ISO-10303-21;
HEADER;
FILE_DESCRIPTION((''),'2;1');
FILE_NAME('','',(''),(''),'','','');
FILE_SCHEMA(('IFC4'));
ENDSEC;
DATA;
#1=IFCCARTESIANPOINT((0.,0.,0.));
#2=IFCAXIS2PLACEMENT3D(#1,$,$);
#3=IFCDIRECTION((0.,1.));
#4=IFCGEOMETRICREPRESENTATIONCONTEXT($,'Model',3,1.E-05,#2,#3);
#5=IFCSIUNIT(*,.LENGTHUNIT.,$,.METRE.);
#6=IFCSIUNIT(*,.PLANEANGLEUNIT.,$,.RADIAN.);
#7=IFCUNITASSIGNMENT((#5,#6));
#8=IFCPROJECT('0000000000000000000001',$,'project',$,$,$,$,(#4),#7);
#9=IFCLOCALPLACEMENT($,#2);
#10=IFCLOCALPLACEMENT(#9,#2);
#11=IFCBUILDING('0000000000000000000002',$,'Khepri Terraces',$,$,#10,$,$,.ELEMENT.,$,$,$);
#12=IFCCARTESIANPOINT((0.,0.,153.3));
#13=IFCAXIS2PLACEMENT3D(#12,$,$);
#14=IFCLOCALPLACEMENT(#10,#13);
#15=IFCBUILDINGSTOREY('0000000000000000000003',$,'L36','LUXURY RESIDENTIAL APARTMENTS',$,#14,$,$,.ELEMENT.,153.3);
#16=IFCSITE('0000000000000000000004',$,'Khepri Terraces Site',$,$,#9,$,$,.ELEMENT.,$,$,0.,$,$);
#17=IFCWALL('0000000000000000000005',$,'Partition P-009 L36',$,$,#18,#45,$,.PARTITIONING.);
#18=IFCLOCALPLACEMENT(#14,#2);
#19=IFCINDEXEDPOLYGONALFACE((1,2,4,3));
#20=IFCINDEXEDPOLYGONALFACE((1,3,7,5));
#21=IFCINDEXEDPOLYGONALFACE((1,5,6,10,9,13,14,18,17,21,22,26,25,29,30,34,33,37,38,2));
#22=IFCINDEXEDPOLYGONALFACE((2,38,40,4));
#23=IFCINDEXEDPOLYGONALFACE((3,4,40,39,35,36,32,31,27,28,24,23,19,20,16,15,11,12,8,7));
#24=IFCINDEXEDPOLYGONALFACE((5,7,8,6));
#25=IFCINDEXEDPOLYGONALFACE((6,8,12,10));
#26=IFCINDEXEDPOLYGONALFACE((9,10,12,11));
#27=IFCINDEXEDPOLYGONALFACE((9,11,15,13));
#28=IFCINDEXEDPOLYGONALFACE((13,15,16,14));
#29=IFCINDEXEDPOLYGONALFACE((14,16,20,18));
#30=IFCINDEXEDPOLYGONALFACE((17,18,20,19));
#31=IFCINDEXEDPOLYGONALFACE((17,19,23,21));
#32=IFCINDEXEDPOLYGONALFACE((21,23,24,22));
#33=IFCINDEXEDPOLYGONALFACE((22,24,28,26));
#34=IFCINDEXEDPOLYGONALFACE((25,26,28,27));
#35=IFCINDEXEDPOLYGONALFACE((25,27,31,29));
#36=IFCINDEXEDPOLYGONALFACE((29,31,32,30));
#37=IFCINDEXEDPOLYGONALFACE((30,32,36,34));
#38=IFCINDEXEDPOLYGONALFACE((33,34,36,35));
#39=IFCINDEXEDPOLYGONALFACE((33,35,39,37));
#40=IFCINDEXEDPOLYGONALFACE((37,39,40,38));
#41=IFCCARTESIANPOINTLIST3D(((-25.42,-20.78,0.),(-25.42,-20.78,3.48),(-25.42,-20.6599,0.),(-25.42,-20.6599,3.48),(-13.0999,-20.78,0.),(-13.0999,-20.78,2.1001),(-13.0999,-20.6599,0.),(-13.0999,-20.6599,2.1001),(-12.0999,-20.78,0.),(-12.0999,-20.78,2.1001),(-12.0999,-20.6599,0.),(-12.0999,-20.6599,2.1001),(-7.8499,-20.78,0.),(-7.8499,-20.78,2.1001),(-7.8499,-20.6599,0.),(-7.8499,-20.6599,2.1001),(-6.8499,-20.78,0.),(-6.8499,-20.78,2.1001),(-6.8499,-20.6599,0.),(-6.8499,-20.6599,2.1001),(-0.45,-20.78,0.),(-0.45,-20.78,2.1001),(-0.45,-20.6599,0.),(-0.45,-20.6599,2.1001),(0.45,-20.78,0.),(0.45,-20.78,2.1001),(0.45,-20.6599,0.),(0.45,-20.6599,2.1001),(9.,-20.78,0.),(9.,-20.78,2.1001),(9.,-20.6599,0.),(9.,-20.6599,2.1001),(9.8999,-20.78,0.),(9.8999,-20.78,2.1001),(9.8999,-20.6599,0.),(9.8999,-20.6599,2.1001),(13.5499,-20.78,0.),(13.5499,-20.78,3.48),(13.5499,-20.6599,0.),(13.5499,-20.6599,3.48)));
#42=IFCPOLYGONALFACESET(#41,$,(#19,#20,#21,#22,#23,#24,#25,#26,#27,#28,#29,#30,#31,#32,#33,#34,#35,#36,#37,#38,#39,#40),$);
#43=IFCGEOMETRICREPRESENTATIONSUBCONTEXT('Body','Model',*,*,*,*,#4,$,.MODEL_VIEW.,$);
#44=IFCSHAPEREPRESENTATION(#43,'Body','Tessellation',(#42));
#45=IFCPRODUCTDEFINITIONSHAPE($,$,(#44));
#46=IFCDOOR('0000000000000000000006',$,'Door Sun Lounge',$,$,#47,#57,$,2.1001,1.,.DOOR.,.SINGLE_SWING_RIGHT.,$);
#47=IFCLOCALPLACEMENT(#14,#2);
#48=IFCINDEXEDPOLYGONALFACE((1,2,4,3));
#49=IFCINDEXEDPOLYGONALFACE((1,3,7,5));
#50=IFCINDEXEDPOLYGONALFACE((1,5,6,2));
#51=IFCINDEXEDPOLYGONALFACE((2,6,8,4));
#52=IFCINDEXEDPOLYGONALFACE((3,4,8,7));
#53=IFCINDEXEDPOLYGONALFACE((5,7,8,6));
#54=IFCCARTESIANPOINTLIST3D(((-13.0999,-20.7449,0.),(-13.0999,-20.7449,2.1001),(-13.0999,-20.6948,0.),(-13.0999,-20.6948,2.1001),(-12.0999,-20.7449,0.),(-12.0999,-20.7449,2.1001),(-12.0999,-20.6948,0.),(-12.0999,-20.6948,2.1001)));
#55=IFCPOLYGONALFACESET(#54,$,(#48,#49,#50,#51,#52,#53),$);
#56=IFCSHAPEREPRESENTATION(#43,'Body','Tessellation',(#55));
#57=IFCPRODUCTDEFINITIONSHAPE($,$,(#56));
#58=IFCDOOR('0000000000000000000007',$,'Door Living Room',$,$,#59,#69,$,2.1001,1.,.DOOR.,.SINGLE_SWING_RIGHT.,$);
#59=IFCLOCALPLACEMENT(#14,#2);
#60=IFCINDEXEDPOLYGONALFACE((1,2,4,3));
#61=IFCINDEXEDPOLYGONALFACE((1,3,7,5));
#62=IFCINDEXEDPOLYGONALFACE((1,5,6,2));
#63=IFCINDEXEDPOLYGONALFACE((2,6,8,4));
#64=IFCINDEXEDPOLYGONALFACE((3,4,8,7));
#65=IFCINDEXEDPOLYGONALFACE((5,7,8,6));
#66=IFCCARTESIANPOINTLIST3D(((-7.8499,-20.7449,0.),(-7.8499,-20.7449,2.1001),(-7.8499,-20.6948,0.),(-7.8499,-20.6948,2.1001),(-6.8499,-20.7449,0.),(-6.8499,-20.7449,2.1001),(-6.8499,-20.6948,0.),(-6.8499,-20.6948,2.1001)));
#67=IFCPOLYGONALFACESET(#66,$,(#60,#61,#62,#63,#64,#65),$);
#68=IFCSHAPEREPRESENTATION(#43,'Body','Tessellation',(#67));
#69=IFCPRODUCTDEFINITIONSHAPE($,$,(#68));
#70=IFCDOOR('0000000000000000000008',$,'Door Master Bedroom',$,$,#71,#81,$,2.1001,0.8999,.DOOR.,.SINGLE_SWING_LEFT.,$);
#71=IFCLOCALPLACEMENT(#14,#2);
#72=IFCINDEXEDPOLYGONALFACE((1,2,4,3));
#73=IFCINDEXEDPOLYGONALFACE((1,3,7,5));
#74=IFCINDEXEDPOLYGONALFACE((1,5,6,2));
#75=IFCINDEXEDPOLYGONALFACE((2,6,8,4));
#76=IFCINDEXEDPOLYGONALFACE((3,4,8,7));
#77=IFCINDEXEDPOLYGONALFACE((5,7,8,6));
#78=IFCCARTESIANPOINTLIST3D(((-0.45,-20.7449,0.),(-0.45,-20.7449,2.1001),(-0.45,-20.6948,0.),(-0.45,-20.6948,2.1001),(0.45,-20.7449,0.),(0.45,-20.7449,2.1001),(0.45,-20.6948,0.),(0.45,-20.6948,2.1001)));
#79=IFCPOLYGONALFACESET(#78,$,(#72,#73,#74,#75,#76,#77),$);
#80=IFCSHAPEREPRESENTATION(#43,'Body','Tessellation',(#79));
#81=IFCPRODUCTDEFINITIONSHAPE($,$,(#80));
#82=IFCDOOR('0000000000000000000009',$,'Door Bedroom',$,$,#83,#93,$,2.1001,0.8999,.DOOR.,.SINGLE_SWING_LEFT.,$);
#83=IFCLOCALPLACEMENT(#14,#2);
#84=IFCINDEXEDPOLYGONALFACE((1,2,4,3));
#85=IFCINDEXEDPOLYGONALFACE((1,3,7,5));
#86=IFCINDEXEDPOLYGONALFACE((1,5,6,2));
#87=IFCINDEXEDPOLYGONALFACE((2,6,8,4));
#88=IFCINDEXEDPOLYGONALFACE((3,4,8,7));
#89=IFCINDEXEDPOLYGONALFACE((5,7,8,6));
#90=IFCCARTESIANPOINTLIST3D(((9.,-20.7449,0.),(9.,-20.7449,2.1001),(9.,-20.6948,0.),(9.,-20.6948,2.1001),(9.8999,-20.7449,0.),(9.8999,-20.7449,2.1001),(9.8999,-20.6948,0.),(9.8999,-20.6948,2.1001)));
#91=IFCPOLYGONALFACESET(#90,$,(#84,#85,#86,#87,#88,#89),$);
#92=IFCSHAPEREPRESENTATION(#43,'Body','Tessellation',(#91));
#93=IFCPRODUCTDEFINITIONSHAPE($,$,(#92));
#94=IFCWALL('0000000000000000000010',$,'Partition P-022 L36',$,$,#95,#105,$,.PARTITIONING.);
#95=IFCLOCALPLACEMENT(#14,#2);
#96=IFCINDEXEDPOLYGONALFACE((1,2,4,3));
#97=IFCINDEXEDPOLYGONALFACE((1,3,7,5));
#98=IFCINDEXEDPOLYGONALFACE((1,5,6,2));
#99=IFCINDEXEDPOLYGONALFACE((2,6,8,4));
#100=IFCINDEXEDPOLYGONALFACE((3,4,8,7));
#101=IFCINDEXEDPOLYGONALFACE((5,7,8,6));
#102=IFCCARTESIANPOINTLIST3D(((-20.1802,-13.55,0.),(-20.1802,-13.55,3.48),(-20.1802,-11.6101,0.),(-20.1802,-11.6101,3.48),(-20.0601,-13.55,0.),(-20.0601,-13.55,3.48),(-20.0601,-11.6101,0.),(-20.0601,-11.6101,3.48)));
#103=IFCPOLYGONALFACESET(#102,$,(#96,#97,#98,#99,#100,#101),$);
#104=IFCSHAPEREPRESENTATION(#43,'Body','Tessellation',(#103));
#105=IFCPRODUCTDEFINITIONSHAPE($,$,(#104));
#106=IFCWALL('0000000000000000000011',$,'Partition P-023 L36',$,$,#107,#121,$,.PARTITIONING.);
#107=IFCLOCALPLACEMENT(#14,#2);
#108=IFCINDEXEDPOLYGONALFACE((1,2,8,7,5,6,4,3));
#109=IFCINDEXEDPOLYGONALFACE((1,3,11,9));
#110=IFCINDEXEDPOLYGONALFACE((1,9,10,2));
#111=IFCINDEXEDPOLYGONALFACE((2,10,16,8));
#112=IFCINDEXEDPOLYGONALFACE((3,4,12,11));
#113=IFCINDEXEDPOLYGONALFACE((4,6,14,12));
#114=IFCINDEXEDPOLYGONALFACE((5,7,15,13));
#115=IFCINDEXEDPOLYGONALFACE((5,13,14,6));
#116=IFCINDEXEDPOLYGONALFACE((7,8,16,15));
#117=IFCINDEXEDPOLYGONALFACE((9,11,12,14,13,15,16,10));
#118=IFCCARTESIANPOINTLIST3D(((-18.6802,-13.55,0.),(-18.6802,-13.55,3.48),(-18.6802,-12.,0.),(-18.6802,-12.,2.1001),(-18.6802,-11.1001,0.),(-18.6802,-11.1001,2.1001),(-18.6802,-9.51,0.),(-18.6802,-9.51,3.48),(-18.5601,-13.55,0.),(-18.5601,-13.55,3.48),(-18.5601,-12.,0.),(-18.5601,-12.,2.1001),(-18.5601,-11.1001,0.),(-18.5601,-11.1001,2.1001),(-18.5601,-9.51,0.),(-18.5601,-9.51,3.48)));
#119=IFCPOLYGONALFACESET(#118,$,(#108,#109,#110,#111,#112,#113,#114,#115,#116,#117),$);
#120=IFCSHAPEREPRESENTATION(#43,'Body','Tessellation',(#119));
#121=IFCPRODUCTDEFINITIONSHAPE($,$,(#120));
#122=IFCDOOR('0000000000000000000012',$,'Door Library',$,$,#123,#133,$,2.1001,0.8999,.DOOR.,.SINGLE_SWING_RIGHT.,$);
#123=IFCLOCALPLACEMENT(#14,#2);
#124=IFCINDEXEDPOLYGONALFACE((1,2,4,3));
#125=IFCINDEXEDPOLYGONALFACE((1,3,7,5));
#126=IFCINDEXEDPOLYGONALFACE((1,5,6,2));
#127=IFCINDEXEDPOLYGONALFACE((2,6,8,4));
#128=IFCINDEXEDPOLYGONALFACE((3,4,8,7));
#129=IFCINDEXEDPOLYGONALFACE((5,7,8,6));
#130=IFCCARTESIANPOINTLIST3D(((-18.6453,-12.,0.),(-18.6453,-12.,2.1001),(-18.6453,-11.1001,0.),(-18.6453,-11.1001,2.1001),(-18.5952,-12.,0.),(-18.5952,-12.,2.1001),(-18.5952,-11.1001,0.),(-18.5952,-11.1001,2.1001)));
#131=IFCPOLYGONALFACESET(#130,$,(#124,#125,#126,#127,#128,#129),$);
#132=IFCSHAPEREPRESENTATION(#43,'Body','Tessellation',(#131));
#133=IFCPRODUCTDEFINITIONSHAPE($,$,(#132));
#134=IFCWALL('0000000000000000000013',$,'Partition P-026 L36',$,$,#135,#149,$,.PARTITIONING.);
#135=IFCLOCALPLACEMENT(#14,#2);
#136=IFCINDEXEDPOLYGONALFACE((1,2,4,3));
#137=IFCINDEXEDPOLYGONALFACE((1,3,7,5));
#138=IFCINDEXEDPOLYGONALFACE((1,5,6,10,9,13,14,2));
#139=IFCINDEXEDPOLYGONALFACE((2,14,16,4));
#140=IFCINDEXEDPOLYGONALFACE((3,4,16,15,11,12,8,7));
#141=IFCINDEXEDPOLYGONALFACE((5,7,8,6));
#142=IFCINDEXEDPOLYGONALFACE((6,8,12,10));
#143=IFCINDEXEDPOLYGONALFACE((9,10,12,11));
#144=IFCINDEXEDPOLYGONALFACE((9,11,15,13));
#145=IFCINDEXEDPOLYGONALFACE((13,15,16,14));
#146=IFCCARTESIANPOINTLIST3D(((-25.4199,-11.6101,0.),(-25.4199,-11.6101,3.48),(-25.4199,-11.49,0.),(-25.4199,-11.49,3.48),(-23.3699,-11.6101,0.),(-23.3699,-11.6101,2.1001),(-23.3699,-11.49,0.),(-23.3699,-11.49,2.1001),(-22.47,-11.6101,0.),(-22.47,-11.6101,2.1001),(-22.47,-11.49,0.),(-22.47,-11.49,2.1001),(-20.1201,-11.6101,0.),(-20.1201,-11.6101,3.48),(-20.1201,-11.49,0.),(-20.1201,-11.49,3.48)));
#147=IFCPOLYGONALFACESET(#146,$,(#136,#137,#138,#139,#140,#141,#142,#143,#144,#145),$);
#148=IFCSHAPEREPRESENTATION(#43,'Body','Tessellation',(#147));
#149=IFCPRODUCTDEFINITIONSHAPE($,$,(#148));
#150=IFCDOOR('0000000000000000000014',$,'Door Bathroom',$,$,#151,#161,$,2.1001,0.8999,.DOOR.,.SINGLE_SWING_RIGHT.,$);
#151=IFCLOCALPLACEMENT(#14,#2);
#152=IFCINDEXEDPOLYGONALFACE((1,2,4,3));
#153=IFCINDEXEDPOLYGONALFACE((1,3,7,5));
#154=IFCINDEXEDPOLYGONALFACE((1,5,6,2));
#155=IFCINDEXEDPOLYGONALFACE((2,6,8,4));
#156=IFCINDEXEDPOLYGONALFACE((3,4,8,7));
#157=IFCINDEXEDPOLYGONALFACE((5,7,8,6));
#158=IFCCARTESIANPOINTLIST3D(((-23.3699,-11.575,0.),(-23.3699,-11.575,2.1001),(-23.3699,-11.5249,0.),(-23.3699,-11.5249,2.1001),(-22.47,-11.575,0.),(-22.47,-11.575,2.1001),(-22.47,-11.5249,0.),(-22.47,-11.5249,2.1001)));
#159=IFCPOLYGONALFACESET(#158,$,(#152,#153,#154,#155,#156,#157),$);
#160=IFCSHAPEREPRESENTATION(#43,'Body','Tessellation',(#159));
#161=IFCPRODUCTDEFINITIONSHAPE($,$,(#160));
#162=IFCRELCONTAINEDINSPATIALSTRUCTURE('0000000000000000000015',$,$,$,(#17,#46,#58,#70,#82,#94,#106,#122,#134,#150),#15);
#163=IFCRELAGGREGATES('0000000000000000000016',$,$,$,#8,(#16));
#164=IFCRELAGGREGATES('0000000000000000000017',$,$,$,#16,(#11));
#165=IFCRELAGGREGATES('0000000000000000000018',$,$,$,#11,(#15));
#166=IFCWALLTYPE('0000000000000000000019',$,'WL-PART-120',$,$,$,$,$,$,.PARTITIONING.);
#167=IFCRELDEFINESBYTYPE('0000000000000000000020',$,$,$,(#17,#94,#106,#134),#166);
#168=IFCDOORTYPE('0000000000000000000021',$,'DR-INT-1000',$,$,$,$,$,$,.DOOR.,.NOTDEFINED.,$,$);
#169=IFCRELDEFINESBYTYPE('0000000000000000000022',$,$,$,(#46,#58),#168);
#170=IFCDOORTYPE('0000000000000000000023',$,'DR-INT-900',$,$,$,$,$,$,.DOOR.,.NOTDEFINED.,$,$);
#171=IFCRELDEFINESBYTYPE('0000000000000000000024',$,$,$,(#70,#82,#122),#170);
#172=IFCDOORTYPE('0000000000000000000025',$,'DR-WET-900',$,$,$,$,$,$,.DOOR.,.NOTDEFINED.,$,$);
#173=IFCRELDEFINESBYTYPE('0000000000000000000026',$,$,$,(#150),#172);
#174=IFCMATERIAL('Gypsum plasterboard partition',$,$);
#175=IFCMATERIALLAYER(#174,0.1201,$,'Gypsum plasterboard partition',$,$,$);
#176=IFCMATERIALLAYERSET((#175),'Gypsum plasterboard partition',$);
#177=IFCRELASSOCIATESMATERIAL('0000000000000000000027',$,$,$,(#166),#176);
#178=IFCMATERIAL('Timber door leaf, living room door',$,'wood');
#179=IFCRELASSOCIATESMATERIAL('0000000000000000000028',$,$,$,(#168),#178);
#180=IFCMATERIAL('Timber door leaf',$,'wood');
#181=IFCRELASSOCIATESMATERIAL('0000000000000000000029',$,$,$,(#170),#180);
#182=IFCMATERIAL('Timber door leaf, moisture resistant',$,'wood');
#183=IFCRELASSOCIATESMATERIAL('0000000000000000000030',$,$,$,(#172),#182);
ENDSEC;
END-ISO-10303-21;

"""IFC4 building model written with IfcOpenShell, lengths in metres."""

from ifc_helpers import new_model, si_unit, direction, frame, frame_2d, origin, place, context, subcontext, project, spatial, rectangle, extrude, material, layer, layer_set, type_object, element, fill, save


model = new_model("IFC4")

# Units and contexts
model_context = context("Model", 3, precision=1e-05, world=origin(), true_north=direction((0.0, 1.0)))
body_context = subcontext(model_context, "Body", "Model", "MODEL_VIEW")
ifc_project = project(units=[si_unit("LENGTHUNIT", "METRE"), si_unit("PLANEANGLEUNIT", "RADIAN")], contexts=[model_context])

# Site, building, storey
site_placement = place(None, origin())
site = spatial("IfcSite", under=ifc_project, at=site_placement, Name="Khepri Terraces Site", CompositionType="ELEMENT", RefElevation=0.0)
building_placement = place(site_placement, origin())
building = spatial("IfcBuilding", under=site, at=building_placement, Name="Khepri Terraces", CompositionType="ELEMENT")
storey_placement = place(building_placement, frame((0.0, 0.0, 153.3)))
storey = spatial("IfcBuildingStorey", under=building, at=storey_placement, Name="L36", Description="LUXURY RESIDENTIAL APARTMENTS", CompositionType="ELEMENT", Elevation=153.3)

# Wall, openings, doors
ifc_material_1 = material(Name="Gypsum plasterboard partition")
ifc_layer_1 = layer(ifc_material_1, 0.1201, Name="Gypsum plasterboard partition")
ifc_layer_set_1 = layer_set([ifc_layer_1], Name="Gypsum plasterboard partition")
wall_type_1 = type_object("IfcWallType", Name="WL-PART-120", PredefinedType="PARTITIONING", material=ifc_layer_set_1)
wall_1_placement = place(storey_placement, frame((-25.4199, -20.72, 0.0), z_axis=(0.0, 0.0, 1.0), x_axis=(1.0, 0.0, 0.0)))
wall_1 = element("IfcWall", 1, at=wall_1_placement, inside=storey, type_object=wall_type_1, Name="Partition P-009 L36", PredefinedType="PARTITIONING", context=body_context, shape_type="SweptSolid", body=[
    extrude(rectangle(XDim=38.97, YDim=0.1201, at=frame_2d((19.4849, 0.0))), origin(), (0.0, 0.0, 1.0), 3.48),
])
opening_1_placement = place(wall_1_placement, frame((12.3201, 0.0, 0.0)))
opening_1 = element("IfcOpeningElement", 2, at=opening_1_placement, cuts=wall_1, PredefinedType="OPENING", context=body_context, shape_type="SweptSolid", body=[
    extrude(rectangle(XDim=1.0, YDim=2.1001, at=frame_2d((0.5, 1.05))), frame((0.0, 0.0701, 0.0), z_axis=(0.0, -1.0, 0.0), x_axis=(1.0, 0.0, 0.0)), (0.0, 0.0, 1.0), 0.1401),
])
opening_2_placement = place(wall_1_placement, frame((17.5701, 0.0, 0.0)))
opening_2 = element("IfcOpeningElement", 3, at=opening_2_placement, cuts=wall_1, PredefinedType="OPENING", context=body_context, shape_type="SweptSolid", body=[
    extrude(rectangle(XDim=1.0, YDim=2.1001, at=frame_2d((0.5, 1.05))), frame((0.0, 0.0701, 0.0), z_axis=(0.0, -1.0, 0.0), x_axis=(1.0, 0.0, 0.0)), (0.0, 0.0, 1.0), 0.1401),
])
opening_3_placement = place(wall_1_placement, frame((24.97, 0.0, 0.0)))
opening_3 = element("IfcOpeningElement", 4, at=opening_3_placement, cuts=wall_1, PredefinedType="OPENING", context=body_context, shape_type="SweptSolid", body=[
    extrude(rectangle(XDim=0.8999, YDim=2.1001, at=frame_2d((0.45, 1.05))), frame((0.0, 0.0701, 0.0), z_axis=(0.0, -1.0, 0.0), x_axis=(1.0, 0.0, 0.0)), (0.0, 0.0, 1.0), 0.1401),
])
opening_4_placement = place(wall_1_placement, frame((34.4199, 0.0, 0.0)))
opening_4 = element("IfcOpeningElement", 5, at=opening_4_placement, cuts=wall_1, PredefinedType="OPENING", context=body_context, shape_type="SweptSolid", body=[
    extrude(rectangle(XDim=0.8999, YDim=2.1001, at=frame_2d((0.45, 1.05))), frame((0.0, 0.0701, 0.0), z_axis=(0.0, -1.0, 0.0), x_axis=(1.0, 0.0, 0.0)), (0.0, 0.0, 1.0), 0.1401),
])
ifc_material_2 = material(Name="Timber door leaf, living room door", Category="wood")
door_type_1 = type_object("IfcDoorType", Name="DR-INT-1000", OperationType="NOTDEFINED", PredefinedType="DOOR", material=ifc_material_2)
door_1_placement = place(opening_1_placement, frame((1.0, 0.0, 0.0), z_axis=(0.0, 0.0, 1.0), x_axis=(-1.0, 0.0, 0.0)))
door_1 = element("IfcDoor", 6, at=door_1_placement, inside=storey, type_object=door_type_1, Name="Door Sun Lounge", OperationType="SINGLE_SWING_RIGHT", OverallHeight=2.1001, OverallWidth=1.0, PredefinedType="DOOR", context=body_context, shape_type="SweptSolid", body=[
    extrude(rectangle(XDim=1.0, YDim=2.1001, at=frame_2d((0.5, 1.05))), frame((0.0, 0.0249, 0.0), z_axis=(0.0, -1.0, 0.0), x_axis=(1.0, 0.0, 0.0)), (0.0, 0.0, 1.0), 0.05),
])
fill(opening_1, door_1)
door_2_placement = place(opening_2_placement, frame((1.0, 0.0, 0.0), z_axis=(0.0, 0.0, 1.0), x_axis=(-1.0, 0.0, 0.0)))
door_2 = element("IfcDoor", 7, at=door_2_placement, inside=storey, type_object=door_type_1, Name="Door Living Room", OperationType="SINGLE_SWING_RIGHT", OverallHeight=2.1001, OverallWidth=1.0, PredefinedType="DOOR", context=body_context, shape_type="SweptSolid", body=[
    extrude(rectangle(XDim=1.0, YDim=2.1001, at=frame_2d((0.5, 1.05))), frame((0.0, 0.0249, 0.0), z_axis=(0.0, -1.0, 0.0), x_axis=(1.0, 0.0, 0.0)), (0.0, 0.0, 1.0), 0.05),
])
fill(opening_2, door_2)
ifc_material_3 = material(Name="Timber door leaf", Category="wood")
door_type_2 = type_object("IfcDoorType", Name="DR-INT-900", OperationType="NOTDEFINED", PredefinedType="DOOR", material=ifc_material_3)
door_3_placement = place(opening_3_placement, frame((0.8999, 0.0, 0.0), z_axis=(0.0, 0.0, 1.0), x_axis=(-1.0, 0.0, 0.0)))
door_3 = element("IfcDoor", 8, at=door_3_placement, inside=storey, type_object=door_type_2, Name="Door Master Bedroom", OperationType="SINGLE_SWING_LEFT", OverallHeight=2.1001, OverallWidth=0.8999, PredefinedType="DOOR", context=body_context, shape_type="SweptSolid", body=[
    extrude(rectangle(XDim=0.8999, YDim=2.1001, at=frame_2d((0.45, 1.05))), frame((0.0, 0.0249, 0.0), z_axis=(0.0, -1.0, 0.0), x_axis=(1.0, 0.0, 0.0)), (0.0, 0.0, 1.0), 0.05),
])
fill(opening_3, door_3)
door_4_placement = place(opening_4_placement, frame((0.8999, 0.0, 0.0), z_axis=(0.0, 0.0, 1.0), x_axis=(-1.0, 0.0, 0.0)))
door_4 = element("IfcDoor", 9, at=door_4_placement, inside=storey, type_object=door_type_2, Name="Door Bedroom", OperationType="SINGLE_SWING_LEFT", OverallHeight=2.1001, OverallWidth=0.8999, PredefinedType="DOOR", context=body_context, shape_type="SweptSolid", body=[
    extrude(rectangle(XDim=0.8999, YDim=2.1001, at=frame_2d((0.45, 1.05))), frame((0.0, 0.0249, 0.0), z_axis=(0.0, -1.0, 0.0), x_axis=(1.0, 0.0, 0.0)), (0.0, 0.0, 1.0), 0.05),
])
fill(opening_4, door_4)

# Wall
wall_2_placement = place(storey_placement, frame((-20.1201, -13.55, 0.0), z_axis=(0.0, 0.0, 1.0), x_axis=(0.0, 1.0, 0.0)))
element("IfcWall", 10, at=wall_2_placement, inside=storey, type_object=wall_type_1, Name="Partition P-022 L36", PredefinedType="PARTITIONING", context=body_context, shape_type="SweptSolid", body=[
    extrude(rectangle(XDim=1.9399, YDim=0.1201, at=frame_2d((0.97, 0.0))), origin(), (0.0, 0.0, 1.0), 3.48),
])

# Walls, openings, doors
wall_3_placement = place(storey_placement, frame((-18.6201, -13.55, 0.0), z_axis=(0.0, 0.0, 1.0), x_axis=(0.0, 1.0, 0.0)))
wall_3 = element("IfcWall", 11, at=wall_3_placement, inside=storey, type_object=wall_type_1, Name="Partition P-023 L36", PredefinedType="PARTITIONING", context=body_context, shape_type="SweptSolid", body=[
    extrude(rectangle(XDim=4.04, YDim=0.1201, at=frame_2d((2.02, 0.0))), origin(), (0.0, 0.0, 1.0), 3.48),
])
opening_5_placement = place(wall_3_placement, frame((1.55, 0.0, 0.0)))
opening_5 = element("IfcOpeningElement", 12, at=opening_5_placement, cuts=wall_3, PredefinedType="OPENING", context=body_context, shape_type="SweptSolid", body=[
    extrude(rectangle(XDim=0.8999, YDim=2.1001, at=frame_2d((0.45, 1.05))), frame((0.0, 0.0701, 0.0), z_axis=(0.0, -1.0, 0.0), x_axis=(1.0, 0.0, 0.0)), (0.0, 0.0, 1.0), 0.1401),
])
door_5_placement = place(opening_5_placement, frame((0.8999, 0.0, 0.0), z_axis=(0.0, 0.0, 1.0), x_axis=(-1.0, 0.0, 0.0)))
door_5 = element("IfcDoor", 13, at=door_5_placement, inside=storey, type_object=door_type_2, Name="Door Library", OperationType="SINGLE_SWING_RIGHT", OverallHeight=2.1001, OverallWidth=0.8999, PredefinedType="DOOR", context=body_context, shape_type="SweptSolid", body=[
    extrude(rectangle(XDim=0.8999, YDim=2.1001, at=frame_2d((0.45, 1.05))), frame((0.0, 0.0249, 0.0), z_axis=(0.0, -1.0, 0.0), x_axis=(1.0, 0.0, 0.0)), (0.0, 0.0, 1.0), 0.05),
])
fill(opening_5, door_5)
wall_4_placement = place(storey_placement, frame((-25.4199, -11.55, 0.0), z_axis=(0.0, 0.0, 1.0), x_axis=(1.0, 0.0, 0.0)))
wall_4 = element("IfcWall", 14, at=wall_4_placement, inside=storey, type_object=wall_type_1, Name="Partition P-026 L36", PredefinedType="PARTITIONING", context=body_context, shape_type="SweptSolid", body=[
    extrude(rectangle(XDim=5.2998, YDim=0.1201, at=frame_2d((2.6499, 0.0))), origin(), (0.0, 0.0, 1.0), 3.48),
])
opening_6_placement = place(wall_4_placement, frame((2.05, 0.0, 0.0)))
opening_6 = element("IfcOpeningElement", 15, at=opening_6_placement, cuts=wall_4, PredefinedType="OPENING", context=body_context, shape_type="SweptSolid", body=[
    extrude(rectangle(XDim=0.8999, YDim=2.1001, at=frame_2d((0.45, 1.05))), frame((0.0, 0.0701, 0.0), z_axis=(0.0, -1.0, 0.0), x_axis=(1.0, 0.0, 0.0)), (0.0, 0.0, 1.0), 0.1401),
])
ifc_material_4 = material(Name="Timber door leaf, moisture resistant", Category="wood")
door_type_3 = type_object("IfcDoorType", Name="DR-WET-900", OperationType="NOTDEFINED", PredefinedType="DOOR", material=ifc_material_4)
door_6_placement = place(opening_6_placement, frame((0.8999, 0.0, 0.0), z_axis=(0.0, 0.0, 1.0), x_axis=(-1.0, 0.0, 0.0)))
door_6 = element("IfcDoor", 16, at=door_6_placement, inside=storey, type_object=door_type_3, Name="Door Bathroom", OperationType="SINGLE_SWING_RIGHT", OverallHeight=2.1001, OverallWidth=0.8999, PredefinedType="DOOR", context=body_context, shape_type="SweptSolid", body=[
    extrude(rectangle(XDim=0.8999, YDim=2.1001, at=frame_2d((0.45, 1.05))), frame((0.0, 0.0249, 0.0), z_axis=(0.0, -1.0, 0.0), x_axis=(1.0, 0.0, 0.0)), (0.0, 0.0, 1.0), 0.05),
])
fill(opening_6, door_6)

save(model, "model.ifc")
